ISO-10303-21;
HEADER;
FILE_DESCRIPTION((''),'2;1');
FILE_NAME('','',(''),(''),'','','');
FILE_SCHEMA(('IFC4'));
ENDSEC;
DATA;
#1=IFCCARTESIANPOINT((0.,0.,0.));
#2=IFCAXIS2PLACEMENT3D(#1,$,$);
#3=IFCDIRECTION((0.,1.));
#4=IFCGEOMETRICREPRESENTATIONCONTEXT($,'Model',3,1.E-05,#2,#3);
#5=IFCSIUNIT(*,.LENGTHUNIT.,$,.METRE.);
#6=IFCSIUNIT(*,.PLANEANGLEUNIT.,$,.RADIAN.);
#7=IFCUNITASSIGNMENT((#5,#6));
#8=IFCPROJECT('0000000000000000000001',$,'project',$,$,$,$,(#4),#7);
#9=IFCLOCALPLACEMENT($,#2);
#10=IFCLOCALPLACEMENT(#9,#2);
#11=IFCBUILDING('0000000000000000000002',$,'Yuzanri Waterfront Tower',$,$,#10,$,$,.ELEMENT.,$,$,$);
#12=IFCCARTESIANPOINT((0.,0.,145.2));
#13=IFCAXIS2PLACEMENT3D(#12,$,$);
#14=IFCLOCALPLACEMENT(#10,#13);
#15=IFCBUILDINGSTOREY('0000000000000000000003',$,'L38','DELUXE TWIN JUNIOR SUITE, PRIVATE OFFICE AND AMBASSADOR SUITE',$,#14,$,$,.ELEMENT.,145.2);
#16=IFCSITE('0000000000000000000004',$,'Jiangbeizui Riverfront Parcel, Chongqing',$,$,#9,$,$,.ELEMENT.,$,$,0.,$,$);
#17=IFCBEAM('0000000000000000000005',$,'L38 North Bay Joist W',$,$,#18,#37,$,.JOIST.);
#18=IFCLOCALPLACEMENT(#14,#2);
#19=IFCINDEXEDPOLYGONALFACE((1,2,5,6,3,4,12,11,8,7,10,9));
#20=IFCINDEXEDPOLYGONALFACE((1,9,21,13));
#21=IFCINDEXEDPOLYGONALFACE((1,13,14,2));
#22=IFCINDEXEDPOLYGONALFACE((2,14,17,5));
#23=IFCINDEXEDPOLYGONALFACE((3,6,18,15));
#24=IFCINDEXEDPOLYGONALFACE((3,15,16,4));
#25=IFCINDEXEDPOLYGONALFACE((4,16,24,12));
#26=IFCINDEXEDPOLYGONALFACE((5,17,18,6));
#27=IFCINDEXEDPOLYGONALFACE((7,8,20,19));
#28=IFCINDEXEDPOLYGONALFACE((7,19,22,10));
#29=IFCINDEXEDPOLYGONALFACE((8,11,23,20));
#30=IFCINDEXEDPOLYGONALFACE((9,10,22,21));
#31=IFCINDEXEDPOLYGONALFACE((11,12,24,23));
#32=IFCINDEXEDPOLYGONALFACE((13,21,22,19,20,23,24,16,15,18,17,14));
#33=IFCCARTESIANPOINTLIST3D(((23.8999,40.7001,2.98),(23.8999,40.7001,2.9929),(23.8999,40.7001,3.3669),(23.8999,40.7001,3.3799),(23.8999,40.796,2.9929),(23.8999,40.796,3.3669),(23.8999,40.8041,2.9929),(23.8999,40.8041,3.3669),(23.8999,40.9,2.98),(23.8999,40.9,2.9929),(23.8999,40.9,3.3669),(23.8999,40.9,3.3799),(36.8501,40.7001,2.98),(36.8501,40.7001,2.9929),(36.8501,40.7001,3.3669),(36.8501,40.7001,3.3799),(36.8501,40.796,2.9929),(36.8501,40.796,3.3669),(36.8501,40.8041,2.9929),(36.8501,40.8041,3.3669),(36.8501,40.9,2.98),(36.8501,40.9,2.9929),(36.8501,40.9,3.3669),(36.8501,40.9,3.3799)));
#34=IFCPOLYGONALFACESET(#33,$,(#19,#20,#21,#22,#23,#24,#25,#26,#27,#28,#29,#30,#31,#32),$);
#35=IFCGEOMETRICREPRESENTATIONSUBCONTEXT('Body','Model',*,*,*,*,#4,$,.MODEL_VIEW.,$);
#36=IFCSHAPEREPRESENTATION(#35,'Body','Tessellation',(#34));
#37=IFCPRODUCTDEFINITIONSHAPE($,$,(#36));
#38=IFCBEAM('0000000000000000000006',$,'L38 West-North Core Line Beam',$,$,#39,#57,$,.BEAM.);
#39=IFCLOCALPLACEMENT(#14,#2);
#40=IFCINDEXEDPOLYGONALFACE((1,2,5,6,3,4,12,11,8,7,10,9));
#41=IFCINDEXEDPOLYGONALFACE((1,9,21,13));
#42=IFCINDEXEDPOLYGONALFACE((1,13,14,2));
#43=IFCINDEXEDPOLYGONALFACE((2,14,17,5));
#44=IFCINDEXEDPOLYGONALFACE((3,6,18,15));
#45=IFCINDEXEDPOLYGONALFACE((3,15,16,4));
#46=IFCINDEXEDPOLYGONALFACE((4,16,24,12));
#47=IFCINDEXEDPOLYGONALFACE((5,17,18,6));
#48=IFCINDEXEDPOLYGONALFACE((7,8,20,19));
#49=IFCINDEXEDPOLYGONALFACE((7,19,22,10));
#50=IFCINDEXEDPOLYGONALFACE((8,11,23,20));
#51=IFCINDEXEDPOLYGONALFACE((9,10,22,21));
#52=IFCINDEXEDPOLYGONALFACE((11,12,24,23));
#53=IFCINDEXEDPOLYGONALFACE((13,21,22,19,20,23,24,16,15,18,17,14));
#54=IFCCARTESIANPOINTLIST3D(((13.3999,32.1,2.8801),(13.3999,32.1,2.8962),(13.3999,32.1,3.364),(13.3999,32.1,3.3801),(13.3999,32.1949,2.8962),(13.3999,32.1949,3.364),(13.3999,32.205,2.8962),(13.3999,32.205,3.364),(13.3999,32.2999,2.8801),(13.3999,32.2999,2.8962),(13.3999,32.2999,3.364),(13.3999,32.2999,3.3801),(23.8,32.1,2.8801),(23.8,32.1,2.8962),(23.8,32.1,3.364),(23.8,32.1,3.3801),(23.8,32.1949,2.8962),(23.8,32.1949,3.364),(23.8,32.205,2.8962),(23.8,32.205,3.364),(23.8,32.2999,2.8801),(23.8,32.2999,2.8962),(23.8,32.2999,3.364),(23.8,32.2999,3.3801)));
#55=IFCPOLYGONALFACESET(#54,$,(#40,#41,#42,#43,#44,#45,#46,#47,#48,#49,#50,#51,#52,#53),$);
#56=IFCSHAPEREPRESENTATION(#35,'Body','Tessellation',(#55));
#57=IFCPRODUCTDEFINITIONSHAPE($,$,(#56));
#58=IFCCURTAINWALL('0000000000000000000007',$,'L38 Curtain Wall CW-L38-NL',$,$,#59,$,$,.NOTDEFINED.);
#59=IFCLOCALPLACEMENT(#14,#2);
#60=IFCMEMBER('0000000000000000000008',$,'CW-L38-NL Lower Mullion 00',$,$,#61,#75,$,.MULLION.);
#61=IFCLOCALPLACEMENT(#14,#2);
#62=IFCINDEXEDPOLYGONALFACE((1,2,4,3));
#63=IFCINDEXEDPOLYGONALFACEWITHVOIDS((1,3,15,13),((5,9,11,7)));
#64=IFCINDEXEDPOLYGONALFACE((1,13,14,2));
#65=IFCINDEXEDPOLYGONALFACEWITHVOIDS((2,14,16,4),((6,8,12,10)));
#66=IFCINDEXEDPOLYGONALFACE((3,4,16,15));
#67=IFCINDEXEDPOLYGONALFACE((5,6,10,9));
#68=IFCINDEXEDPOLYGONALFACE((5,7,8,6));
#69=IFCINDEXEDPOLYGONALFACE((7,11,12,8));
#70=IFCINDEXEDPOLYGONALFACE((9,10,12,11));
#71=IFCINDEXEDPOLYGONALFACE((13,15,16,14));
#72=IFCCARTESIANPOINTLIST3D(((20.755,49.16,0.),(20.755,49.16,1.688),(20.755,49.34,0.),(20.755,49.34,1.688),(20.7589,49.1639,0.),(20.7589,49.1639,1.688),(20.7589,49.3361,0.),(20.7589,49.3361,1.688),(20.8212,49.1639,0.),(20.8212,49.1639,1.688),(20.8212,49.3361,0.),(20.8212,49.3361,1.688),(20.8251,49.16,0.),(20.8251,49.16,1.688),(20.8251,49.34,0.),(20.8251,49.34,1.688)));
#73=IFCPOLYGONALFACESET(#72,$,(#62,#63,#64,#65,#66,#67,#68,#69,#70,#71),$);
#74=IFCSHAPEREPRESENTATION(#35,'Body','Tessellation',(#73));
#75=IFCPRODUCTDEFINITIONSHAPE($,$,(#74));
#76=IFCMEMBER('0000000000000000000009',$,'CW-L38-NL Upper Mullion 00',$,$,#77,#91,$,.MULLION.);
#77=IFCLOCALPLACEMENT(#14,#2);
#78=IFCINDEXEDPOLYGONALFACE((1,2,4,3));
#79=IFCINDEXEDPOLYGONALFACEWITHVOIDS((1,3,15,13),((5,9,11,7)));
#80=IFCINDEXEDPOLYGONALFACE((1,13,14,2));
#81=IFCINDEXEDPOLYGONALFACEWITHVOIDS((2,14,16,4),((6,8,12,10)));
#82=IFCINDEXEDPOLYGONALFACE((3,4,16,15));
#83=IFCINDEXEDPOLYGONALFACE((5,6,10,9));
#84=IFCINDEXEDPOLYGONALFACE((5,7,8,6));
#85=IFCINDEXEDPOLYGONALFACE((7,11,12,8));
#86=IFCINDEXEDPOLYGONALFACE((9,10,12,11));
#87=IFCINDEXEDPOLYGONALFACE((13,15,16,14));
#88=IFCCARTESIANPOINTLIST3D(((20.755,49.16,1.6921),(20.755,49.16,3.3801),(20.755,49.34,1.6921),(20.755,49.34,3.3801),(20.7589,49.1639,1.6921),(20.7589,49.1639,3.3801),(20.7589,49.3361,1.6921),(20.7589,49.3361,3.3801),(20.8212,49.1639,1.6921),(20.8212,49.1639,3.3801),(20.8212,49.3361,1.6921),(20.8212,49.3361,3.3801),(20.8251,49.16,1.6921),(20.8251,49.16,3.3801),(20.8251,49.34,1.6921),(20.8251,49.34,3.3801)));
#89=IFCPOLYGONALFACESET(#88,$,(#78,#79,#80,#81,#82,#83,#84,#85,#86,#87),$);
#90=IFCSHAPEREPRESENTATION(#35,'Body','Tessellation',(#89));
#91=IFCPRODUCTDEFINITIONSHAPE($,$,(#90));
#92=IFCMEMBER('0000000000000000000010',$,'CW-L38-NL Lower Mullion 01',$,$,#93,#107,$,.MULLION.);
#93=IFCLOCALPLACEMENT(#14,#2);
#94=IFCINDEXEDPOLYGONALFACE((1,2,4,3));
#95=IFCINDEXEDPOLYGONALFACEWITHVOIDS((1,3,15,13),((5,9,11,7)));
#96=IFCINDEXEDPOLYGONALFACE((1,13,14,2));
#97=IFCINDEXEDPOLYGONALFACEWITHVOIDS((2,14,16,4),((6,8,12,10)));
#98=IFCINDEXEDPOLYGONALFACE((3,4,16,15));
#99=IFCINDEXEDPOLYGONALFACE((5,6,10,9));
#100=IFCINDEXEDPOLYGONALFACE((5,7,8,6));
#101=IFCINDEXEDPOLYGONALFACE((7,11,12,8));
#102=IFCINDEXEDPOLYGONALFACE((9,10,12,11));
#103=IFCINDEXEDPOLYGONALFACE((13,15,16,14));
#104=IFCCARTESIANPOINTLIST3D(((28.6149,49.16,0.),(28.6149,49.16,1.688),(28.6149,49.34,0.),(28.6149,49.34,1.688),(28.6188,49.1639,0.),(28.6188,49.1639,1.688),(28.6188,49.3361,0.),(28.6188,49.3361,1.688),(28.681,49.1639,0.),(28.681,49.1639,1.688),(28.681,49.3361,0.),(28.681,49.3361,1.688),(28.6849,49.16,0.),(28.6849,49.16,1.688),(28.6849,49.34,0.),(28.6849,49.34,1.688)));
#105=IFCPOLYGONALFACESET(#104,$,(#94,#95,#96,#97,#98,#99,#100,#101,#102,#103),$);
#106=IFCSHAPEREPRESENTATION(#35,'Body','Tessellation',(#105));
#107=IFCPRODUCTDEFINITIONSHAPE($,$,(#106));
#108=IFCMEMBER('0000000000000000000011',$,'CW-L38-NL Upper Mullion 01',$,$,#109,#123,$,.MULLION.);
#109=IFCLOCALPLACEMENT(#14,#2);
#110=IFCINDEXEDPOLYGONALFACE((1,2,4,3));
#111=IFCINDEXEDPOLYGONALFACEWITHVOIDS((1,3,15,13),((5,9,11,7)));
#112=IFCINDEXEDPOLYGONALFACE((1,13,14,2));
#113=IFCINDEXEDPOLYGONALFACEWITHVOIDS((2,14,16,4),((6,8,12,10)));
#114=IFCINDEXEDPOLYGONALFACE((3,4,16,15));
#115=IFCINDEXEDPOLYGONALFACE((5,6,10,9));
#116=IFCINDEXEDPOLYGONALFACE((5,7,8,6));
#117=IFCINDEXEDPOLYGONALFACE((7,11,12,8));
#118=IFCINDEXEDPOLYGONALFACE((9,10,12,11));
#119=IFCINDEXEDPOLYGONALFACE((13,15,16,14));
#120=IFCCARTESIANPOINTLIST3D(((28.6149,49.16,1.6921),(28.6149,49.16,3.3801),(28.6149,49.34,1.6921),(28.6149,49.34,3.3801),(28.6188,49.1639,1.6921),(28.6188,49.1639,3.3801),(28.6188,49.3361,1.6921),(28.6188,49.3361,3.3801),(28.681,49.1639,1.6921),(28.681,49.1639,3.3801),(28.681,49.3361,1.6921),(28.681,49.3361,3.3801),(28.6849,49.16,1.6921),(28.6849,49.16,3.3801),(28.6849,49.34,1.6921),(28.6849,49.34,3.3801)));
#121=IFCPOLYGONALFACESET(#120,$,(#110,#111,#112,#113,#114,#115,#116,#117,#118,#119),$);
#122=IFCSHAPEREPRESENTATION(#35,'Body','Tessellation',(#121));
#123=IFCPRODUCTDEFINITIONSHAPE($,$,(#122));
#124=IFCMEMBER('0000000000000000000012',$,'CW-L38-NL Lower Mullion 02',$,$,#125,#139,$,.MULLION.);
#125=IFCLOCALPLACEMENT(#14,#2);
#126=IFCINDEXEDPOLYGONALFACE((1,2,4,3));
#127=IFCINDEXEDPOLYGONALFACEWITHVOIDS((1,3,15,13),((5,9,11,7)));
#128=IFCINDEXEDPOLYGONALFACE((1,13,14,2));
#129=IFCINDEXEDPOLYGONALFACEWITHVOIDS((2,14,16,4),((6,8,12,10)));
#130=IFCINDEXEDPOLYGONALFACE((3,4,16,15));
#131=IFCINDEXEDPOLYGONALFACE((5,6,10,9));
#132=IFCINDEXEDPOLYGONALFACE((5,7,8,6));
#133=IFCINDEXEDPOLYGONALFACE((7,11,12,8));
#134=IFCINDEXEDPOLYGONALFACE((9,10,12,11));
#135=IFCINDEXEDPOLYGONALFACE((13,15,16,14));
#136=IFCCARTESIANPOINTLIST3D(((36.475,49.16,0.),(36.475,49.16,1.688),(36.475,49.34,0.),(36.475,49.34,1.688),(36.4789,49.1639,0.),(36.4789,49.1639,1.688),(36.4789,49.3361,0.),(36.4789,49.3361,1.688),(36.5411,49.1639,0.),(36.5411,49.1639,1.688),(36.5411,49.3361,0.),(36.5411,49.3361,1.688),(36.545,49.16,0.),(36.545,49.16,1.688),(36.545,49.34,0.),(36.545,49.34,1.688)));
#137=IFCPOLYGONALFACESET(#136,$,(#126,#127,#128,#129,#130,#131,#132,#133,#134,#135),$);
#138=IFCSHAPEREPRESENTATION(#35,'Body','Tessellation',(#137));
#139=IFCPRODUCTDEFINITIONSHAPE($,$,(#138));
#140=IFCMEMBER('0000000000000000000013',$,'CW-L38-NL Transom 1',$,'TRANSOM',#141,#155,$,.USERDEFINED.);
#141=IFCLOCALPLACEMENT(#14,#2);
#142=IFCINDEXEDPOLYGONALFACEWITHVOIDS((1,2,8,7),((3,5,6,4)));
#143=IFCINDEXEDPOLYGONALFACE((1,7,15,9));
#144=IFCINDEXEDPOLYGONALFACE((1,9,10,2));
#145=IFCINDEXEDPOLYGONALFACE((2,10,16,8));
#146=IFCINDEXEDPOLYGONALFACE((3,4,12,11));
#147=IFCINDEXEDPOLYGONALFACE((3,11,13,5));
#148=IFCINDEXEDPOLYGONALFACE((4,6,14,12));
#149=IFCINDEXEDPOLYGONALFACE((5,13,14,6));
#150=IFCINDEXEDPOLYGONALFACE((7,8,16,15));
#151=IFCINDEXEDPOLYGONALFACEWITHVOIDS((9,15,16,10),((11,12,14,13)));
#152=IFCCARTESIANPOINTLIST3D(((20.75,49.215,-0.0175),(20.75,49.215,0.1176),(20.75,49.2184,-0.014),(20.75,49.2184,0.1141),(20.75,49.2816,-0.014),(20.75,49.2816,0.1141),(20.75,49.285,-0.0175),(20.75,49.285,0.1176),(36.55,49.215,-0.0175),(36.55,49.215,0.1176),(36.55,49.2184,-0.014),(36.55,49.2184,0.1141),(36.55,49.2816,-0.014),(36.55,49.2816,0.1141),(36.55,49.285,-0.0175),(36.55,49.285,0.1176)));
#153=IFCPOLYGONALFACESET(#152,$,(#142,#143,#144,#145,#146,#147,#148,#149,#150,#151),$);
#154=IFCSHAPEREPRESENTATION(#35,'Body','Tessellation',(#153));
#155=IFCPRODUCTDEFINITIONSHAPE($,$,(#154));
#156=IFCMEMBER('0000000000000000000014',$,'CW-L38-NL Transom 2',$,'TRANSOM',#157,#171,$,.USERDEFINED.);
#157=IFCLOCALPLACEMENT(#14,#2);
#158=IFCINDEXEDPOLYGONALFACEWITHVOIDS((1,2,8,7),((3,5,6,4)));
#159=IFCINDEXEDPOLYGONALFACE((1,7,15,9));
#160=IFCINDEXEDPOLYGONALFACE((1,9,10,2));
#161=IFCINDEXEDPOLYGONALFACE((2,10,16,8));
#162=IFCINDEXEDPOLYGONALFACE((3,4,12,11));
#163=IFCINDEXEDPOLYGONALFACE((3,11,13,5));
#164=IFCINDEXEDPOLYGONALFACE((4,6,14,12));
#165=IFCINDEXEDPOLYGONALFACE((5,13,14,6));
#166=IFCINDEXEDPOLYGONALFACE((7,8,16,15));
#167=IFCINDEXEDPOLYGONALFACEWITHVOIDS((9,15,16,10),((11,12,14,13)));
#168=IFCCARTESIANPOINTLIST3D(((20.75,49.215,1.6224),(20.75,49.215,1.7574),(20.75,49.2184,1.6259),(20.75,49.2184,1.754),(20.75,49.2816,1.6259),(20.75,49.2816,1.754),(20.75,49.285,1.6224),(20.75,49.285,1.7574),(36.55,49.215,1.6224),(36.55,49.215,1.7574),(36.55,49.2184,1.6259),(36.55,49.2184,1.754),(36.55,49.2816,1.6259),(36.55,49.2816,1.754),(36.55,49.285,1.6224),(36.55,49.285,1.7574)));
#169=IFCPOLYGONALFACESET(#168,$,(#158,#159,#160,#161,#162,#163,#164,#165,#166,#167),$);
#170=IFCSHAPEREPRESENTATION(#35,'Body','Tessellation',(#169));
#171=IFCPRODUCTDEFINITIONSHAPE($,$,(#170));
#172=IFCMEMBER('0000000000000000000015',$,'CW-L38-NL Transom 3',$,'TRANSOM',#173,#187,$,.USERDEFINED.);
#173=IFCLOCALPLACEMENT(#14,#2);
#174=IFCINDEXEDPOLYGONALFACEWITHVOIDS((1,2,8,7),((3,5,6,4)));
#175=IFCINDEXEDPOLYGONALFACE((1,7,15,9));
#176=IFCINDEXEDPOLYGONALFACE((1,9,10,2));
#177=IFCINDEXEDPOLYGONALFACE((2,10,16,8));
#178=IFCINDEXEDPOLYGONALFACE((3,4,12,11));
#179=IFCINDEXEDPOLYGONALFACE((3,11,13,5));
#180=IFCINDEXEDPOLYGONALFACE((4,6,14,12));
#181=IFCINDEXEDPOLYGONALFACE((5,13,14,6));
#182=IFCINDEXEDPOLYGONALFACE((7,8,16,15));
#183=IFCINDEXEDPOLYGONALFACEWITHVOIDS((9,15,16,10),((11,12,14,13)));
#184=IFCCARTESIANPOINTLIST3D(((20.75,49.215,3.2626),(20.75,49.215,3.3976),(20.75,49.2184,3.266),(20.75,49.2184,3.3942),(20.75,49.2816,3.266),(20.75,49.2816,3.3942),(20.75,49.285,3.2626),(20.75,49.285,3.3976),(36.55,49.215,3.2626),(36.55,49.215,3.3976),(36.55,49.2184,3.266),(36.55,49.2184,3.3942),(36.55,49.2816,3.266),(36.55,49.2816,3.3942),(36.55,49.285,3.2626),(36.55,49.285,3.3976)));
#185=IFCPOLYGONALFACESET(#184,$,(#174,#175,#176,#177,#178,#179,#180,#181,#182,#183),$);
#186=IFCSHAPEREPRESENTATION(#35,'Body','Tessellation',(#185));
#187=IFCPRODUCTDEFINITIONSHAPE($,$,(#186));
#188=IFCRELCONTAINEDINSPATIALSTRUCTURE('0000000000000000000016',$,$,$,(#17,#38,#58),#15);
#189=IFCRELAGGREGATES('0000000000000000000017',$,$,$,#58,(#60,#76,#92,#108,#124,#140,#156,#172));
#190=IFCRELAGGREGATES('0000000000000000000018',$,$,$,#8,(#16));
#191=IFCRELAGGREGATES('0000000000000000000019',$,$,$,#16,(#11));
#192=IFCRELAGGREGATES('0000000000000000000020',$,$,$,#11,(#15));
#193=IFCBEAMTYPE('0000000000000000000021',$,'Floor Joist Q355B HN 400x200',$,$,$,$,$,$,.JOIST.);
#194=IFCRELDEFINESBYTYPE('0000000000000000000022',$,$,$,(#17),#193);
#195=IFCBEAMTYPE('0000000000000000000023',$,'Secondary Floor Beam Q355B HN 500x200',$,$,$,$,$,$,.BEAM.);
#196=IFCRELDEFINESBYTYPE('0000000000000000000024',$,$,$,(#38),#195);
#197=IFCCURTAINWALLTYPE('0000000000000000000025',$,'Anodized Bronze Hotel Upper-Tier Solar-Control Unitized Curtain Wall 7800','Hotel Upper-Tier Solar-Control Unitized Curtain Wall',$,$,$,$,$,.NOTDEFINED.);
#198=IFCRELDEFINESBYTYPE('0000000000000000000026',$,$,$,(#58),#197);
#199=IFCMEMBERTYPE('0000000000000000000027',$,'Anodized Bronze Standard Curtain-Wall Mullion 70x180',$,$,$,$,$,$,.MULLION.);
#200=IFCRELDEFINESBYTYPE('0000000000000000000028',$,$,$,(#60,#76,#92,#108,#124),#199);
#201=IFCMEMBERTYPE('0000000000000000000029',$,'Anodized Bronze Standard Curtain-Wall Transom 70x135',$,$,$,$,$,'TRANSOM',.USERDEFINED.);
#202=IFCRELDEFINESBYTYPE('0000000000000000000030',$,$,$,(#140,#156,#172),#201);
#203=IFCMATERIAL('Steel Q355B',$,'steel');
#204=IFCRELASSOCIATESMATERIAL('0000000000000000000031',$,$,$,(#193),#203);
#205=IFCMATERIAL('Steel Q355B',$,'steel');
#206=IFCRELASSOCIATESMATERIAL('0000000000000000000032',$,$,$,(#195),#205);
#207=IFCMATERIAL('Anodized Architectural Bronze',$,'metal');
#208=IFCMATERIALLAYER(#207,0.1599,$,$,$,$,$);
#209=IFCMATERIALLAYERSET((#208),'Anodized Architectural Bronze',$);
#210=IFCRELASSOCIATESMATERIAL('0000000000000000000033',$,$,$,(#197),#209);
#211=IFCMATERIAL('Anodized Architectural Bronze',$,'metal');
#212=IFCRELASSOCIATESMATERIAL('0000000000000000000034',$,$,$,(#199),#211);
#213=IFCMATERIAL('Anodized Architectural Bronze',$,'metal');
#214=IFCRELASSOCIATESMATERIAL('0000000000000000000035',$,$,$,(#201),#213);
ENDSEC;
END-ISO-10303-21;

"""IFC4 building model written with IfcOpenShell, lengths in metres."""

from ifc_helpers import new_model, si_unit, direction, frame, origin, origin_2d, place, context, subcontext, project, spatial, hollow_rectangle, i_section, extrude, source, transform, mapped, material, layer, layer_set, material_profile, profile_set, type_object, element, aggregate, save


model = new_model("IFC4")

# Units and contexts
model_context = context("Model", 3, precision=1e-05, world=origin(), true_north=direction((0.0, 1.0)))
body_context = subcontext(model_context, "Body", "Model", "MODEL_VIEW")
ifc_project = project(units=[si_unit("LENGTHUNIT", "METRE"), si_unit("PLANEANGLEUNIT", "RADIAN")], contexts=[model_context])

# Site, building, storey
site_placement = place(None, origin())
site = spatial("IfcSite", under=ifc_project, at=site_placement, Name="Jiangbeizui Riverfront Parcel, Chongqing", CompositionType="ELEMENT", RefElevation=0.0)
building_placement = place(site_placement, origin())
building = spatial("IfcBuilding", under=site, at=building_placement, Name="Yuzanri Waterfront Tower", CompositionType="ELEMENT")
storey_placement = place(building_placement, frame((0.0, 0.0, 145.2)))
storey = spatial("IfcBuildingStorey", under=building, at=storey_placement, Name="L38", Description="DELUXE TWIN JUNIOR SUITE, PRIVATE OFFICE AND AMBASSADOR SUITE", CompositionType="ELEMENT", Elevation=145.2)

# Beams
ifc_material_1 = material(Name="Steel Q355B", Category="steel")
ifc_material_profile_1 = material_profile(ifc_material_1, i_section(OverallWidth=0.2, OverallDepth=0.3999, WebThickness=0.0081, FlangeThickness=0.0129, at=origin_2d()), Name="HN 400x200x8x13")
ifc_profile_set_1 = profile_set([ifc_material_profile_1], Name="Steel Q355B")
beam_type_1 = type_object("IfcBeamType", Name="Floor Joist Q355B HN 400x200", PredefinedType="JOIST", material=ifc_profile_set_1)
shared_shape_1 = source(origin(), body_context, "Body", "SweptSolid", [
    extrude(i_section(OverallWidth=0.2, OverallDepth=0.3999, WebThickness=0.0081, FlangeThickness=0.0129, at=origin_2d()), origin(), (0.0, 0.0, 1.0), 12.9502),
])
beam_1_placement = place(storey_placement, frame((23.8999, 40.8, 3.1799), z_axis=(1.0, 0.0, 0.0), x_axis=(0.0, 1.0, 0.0)))
element("IfcBeam", 1, at=beam_1_placement, inside=storey, type_object=beam_type_1, Name="L38 North Bay Joist W", PredefinedType="JOIST", context=body_context, shape_type="MappedRepresentation", body=[
    mapped(shared_shape_1, transform((0.0, 0.0, 0.0), scale=1.0)),
])
ifc_material_2 = material(Name="Steel Q355B", Category="steel")
ifc_material_profile_2 = material_profile(ifc_material_2, i_section(OverallWidth=0.2, OverallDepth=0.5, WebThickness=0.01, FlangeThickness=0.0161, at=origin_2d()), Name="HN 500x200x10x16")
ifc_profile_set_2 = profile_set([ifc_material_profile_2], Name="Steel Q355B")
beam_type_2 = type_object("IfcBeamType", Name="Secondary Floor Beam Q355B HN 500x200", PredefinedType="BEAM", material=ifc_profile_set_2)
shared_shape_2 = source(origin(), body_context, "Body", "SweptSolid", [
    extrude(i_section(OverallWidth=0.2, OverallDepth=0.5, WebThickness=0.01, FlangeThickness=0.0161, at=origin_2d()), origin(), (0.0, 0.0, 1.0), 10.4001),
])
beam_2_placement = place(storey_placement, frame((23.8, 32.2, 3.1301), z_axis=(-1.0, 0.0, 0.0), x_axis=(0.0, -1.0, 0.0)))
element("IfcBeam", 2, at=beam_2_placement, inside=storey, type_object=beam_type_2, Name="L38 West-North Core Line Beam", PredefinedType="BEAM", context=body_context, shape_type="MappedRepresentation", body=[
    mapped(shared_shape_2, transform((0.0, 0.0, 0.0), scale=1.0)),
])

# Curtain wall, members
ifc_material_3 = material(Name="Anodized Architectural Bronze", Category="metal")
ifc_layer_1 = layer(ifc_material_3, 0.1599)
ifc_layer_set_1 = layer_set([ifc_layer_1], Name="Anodized Architectural Bronze")
curtain_wall_type = type_object("IfcCurtainWallType", Name="Anodized Bronze Hotel Upper-Tier Solar-Control Unitized Curtain Wall 7800", Description="Hotel Upper-Tier Solar-Control Unitized Curtain Wall", PredefinedType="NOTDEFINED", material=ifc_layer_set_1)
curtain_wall_placement = place(storey_placement, origin())
curtain_wall = element("IfcCurtainWall", 3, at=curtain_wall_placement, inside=storey, type_object=curtain_wall_type, Name="L38 Curtain Wall CW-L38-NL", PredefinedType="NOTDEFINED")
ifc_material_4 = material(Name="Anodized Architectural Bronze", Category="metal")
ifc_material_profile_3 = material_profile(ifc_material_4, hollow_rectangle(XDim=0.0701, YDim=0.1799, WallThickness=0.0039, at=origin_2d()), Name="CWM 70x180")
ifc_profile_set_3 = profile_set([ifc_material_profile_3], Name="Anodized Architectural Bronze")
member_type_1 = type_object("IfcMemberType", Name="Anodized Bronze Standard Curtain-Wall Mullion 70x180", PredefinedType="MULLION", material=ifc_profile_set_3)
shared_shape_3 = source(origin(), body_context, "Body", "SweptSolid", [
    extrude(hollow_rectangle(XDim=0.0701, YDim=0.1799, WallThickness=0.0039, at=origin_2d()), origin(), (0.0, 0.0, 1.0), 1.688),
])
member_1_placement = place(storey_placement, frame((20.79, 49.25, 0.0), z_axis=(0.0, 0.0, 1.0), x_axis=(1.0, 0.0, 0.0)))
member_1 = element("IfcMember", 4, at=member_1_placement, type_object=member_type_1, Name="CW-L38-NL Lower Mullion 00", PredefinedType="MULLION", context=body_context, shape_type="MappedRepresentation", body=[
    mapped(shared_shape_3, transform((0.0, 0.0, 0.0), scale=1.0)),
])
member_2_placement = place(storey_placement, frame((20.79, 49.25, 1.6921), z_axis=(0.0, 0.0, 1.0), x_axis=(1.0, 0.0, 0.0)))
member_2 = element("IfcMember", 5, at=member_2_placement, type_object=member_type_1, Name="CW-L38-NL Upper Mullion 00", PredefinedType="MULLION", context=body_context, shape_type="MappedRepresentation", body=[
    mapped(shared_shape_3, transform((0.0, 0.0, 0.0), scale=1.0)),
])
member_3_placement = place(storey_placement, frame((28.6499, 49.25, 0.0), z_axis=(0.0, 0.0, 1.0), x_axis=(1.0, 0.0, 0.0)))
member_3 = element("IfcMember", 6, at=member_3_placement, type_object=member_type_1, Name="CW-L38-NL Lower Mullion 01", PredefinedType="MULLION", context=body_context, shape_type="MappedRepresentation", body=[
    mapped(shared_shape_3, transform((0.0, 0.0, 0.0), scale=1.0)),
])
member_4_placement = place(storey_placement, frame((28.6499, 49.25, 1.6921), z_axis=(0.0, 0.0, 1.0), x_axis=(1.0, 0.0, 0.0)))
member_4 = element("IfcMember", 7, at=member_4_placement, type_object=member_type_1, Name="CW-L38-NL Upper Mullion 01", PredefinedType="MULLION", context=body_context, shape_type="MappedRepresentation", body=[
    mapped(shared_shape_3, transform((0.0, 0.0, 0.0), scale=1.0)),
])
member_5_placement = place(storey_placement, frame((36.51, 49.25, 0.0), z_axis=(0.0, 0.0, 1.0), x_axis=(1.0, 0.0, 0.0)))
member_5 = element("IfcMember", 8, at=member_5_placement, type_object=member_type_1, Name="CW-L38-NL Lower Mullion 02", PredefinedType="MULLION", context=body_context, shape_type="MappedRepresentation", body=[
    mapped(shared_shape_3, transform((0.0, 0.0, 0.0), scale=1.0)),
])
ifc_material_5 = material(Name="Anodized Architectural Bronze", Category="metal")
ifc_material_profile_4 = material_profile(ifc_material_5, hollow_rectangle(XDim=0.0701, YDim=0.135, WallThickness=0.0034, at=origin_2d()), Name="CWT 70x135")
ifc_profile_set_4 = profile_set([ifc_material_profile_4], Name="Anodized Architectural Bronze")
member_type_2 = type_object("IfcMemberType", Name="Anodized Bronze Standard Curtain-Wall Transom 70x135", ElementType="TRANSOM", PredefinedType="USERDEFINED", material=ifc_profile_set_4)
shared_shape_4 = source(origin(), body_context, "Body", "SweptSolid", [
    extrude(hollow_rectangle(XDim=0.0701, YDim=0.135, WallThickness=0.0034, at=origin_2d()), origin(), (0.0, 0.0, 1.0), 15.8),
])
member_6_placement = place(storey_placement, frame((20.75, 49.25, 0.05), z_axis=(1.0, 0.0, 0.0), x_axis=(0.0, 1.0, 0.0)))
member_6 = element("IfcMember", 9, at=member_6_placement, type_object=member_type_2, Name="CW-L38-NL Transom 1", ObjectType="TRANSOM", PredefinedType="USERDEFINED", context=body_context, shape_type="MappedRepresentation", body=[
    mapped(shared_shape_4, transform((0.0, 0.0, 0.0), scale=1.0)),
])
member_7_placement = place(storey_placement, frame((20.75, 49.25, 1.6899), z_axis=(1.0, 0.0, 0.0), x_axis=(0.0, 1.0, 0.0)))
member_7 = element("IfcMember", 10, at=member_7_placement, type_object=member_type_2, Name="CW-L38-NL Transom 2", ObjectType="TRANSOM", PredefinedType="USERDEFINED", context=body_context, shape_type="MappedRepresentation", body=[
    mapped(shared_shape_4, transform((0.0, 0.0, 0.0), scale=1.0)),
])
member_8_placement = place(storey_placement, frame((20.75, 49.25, 3.3301), z_axis=(1.0, 0.0, 0.0), x_axis=(0.0, 1.0, 0.0)))
member_8 = element("IfcMember", 11, at=member_8_placement, type_object=member_type_2, Name="CW-L38-NL Transom 3", ObjectType="TRANSOM", PredefinedType="USERDEFINED", context=body_context, shape_type="MappedRepresentation", body=[
    mapped(shared_shape_4, transform((0.0, 0.0, 0.0), scale=1.0)),
])
aggregate(curtain_wall, [member_1, member_2, member_3, member_4, member_5, member_6, member_7, member_8])

save(model, "model.ifc")
